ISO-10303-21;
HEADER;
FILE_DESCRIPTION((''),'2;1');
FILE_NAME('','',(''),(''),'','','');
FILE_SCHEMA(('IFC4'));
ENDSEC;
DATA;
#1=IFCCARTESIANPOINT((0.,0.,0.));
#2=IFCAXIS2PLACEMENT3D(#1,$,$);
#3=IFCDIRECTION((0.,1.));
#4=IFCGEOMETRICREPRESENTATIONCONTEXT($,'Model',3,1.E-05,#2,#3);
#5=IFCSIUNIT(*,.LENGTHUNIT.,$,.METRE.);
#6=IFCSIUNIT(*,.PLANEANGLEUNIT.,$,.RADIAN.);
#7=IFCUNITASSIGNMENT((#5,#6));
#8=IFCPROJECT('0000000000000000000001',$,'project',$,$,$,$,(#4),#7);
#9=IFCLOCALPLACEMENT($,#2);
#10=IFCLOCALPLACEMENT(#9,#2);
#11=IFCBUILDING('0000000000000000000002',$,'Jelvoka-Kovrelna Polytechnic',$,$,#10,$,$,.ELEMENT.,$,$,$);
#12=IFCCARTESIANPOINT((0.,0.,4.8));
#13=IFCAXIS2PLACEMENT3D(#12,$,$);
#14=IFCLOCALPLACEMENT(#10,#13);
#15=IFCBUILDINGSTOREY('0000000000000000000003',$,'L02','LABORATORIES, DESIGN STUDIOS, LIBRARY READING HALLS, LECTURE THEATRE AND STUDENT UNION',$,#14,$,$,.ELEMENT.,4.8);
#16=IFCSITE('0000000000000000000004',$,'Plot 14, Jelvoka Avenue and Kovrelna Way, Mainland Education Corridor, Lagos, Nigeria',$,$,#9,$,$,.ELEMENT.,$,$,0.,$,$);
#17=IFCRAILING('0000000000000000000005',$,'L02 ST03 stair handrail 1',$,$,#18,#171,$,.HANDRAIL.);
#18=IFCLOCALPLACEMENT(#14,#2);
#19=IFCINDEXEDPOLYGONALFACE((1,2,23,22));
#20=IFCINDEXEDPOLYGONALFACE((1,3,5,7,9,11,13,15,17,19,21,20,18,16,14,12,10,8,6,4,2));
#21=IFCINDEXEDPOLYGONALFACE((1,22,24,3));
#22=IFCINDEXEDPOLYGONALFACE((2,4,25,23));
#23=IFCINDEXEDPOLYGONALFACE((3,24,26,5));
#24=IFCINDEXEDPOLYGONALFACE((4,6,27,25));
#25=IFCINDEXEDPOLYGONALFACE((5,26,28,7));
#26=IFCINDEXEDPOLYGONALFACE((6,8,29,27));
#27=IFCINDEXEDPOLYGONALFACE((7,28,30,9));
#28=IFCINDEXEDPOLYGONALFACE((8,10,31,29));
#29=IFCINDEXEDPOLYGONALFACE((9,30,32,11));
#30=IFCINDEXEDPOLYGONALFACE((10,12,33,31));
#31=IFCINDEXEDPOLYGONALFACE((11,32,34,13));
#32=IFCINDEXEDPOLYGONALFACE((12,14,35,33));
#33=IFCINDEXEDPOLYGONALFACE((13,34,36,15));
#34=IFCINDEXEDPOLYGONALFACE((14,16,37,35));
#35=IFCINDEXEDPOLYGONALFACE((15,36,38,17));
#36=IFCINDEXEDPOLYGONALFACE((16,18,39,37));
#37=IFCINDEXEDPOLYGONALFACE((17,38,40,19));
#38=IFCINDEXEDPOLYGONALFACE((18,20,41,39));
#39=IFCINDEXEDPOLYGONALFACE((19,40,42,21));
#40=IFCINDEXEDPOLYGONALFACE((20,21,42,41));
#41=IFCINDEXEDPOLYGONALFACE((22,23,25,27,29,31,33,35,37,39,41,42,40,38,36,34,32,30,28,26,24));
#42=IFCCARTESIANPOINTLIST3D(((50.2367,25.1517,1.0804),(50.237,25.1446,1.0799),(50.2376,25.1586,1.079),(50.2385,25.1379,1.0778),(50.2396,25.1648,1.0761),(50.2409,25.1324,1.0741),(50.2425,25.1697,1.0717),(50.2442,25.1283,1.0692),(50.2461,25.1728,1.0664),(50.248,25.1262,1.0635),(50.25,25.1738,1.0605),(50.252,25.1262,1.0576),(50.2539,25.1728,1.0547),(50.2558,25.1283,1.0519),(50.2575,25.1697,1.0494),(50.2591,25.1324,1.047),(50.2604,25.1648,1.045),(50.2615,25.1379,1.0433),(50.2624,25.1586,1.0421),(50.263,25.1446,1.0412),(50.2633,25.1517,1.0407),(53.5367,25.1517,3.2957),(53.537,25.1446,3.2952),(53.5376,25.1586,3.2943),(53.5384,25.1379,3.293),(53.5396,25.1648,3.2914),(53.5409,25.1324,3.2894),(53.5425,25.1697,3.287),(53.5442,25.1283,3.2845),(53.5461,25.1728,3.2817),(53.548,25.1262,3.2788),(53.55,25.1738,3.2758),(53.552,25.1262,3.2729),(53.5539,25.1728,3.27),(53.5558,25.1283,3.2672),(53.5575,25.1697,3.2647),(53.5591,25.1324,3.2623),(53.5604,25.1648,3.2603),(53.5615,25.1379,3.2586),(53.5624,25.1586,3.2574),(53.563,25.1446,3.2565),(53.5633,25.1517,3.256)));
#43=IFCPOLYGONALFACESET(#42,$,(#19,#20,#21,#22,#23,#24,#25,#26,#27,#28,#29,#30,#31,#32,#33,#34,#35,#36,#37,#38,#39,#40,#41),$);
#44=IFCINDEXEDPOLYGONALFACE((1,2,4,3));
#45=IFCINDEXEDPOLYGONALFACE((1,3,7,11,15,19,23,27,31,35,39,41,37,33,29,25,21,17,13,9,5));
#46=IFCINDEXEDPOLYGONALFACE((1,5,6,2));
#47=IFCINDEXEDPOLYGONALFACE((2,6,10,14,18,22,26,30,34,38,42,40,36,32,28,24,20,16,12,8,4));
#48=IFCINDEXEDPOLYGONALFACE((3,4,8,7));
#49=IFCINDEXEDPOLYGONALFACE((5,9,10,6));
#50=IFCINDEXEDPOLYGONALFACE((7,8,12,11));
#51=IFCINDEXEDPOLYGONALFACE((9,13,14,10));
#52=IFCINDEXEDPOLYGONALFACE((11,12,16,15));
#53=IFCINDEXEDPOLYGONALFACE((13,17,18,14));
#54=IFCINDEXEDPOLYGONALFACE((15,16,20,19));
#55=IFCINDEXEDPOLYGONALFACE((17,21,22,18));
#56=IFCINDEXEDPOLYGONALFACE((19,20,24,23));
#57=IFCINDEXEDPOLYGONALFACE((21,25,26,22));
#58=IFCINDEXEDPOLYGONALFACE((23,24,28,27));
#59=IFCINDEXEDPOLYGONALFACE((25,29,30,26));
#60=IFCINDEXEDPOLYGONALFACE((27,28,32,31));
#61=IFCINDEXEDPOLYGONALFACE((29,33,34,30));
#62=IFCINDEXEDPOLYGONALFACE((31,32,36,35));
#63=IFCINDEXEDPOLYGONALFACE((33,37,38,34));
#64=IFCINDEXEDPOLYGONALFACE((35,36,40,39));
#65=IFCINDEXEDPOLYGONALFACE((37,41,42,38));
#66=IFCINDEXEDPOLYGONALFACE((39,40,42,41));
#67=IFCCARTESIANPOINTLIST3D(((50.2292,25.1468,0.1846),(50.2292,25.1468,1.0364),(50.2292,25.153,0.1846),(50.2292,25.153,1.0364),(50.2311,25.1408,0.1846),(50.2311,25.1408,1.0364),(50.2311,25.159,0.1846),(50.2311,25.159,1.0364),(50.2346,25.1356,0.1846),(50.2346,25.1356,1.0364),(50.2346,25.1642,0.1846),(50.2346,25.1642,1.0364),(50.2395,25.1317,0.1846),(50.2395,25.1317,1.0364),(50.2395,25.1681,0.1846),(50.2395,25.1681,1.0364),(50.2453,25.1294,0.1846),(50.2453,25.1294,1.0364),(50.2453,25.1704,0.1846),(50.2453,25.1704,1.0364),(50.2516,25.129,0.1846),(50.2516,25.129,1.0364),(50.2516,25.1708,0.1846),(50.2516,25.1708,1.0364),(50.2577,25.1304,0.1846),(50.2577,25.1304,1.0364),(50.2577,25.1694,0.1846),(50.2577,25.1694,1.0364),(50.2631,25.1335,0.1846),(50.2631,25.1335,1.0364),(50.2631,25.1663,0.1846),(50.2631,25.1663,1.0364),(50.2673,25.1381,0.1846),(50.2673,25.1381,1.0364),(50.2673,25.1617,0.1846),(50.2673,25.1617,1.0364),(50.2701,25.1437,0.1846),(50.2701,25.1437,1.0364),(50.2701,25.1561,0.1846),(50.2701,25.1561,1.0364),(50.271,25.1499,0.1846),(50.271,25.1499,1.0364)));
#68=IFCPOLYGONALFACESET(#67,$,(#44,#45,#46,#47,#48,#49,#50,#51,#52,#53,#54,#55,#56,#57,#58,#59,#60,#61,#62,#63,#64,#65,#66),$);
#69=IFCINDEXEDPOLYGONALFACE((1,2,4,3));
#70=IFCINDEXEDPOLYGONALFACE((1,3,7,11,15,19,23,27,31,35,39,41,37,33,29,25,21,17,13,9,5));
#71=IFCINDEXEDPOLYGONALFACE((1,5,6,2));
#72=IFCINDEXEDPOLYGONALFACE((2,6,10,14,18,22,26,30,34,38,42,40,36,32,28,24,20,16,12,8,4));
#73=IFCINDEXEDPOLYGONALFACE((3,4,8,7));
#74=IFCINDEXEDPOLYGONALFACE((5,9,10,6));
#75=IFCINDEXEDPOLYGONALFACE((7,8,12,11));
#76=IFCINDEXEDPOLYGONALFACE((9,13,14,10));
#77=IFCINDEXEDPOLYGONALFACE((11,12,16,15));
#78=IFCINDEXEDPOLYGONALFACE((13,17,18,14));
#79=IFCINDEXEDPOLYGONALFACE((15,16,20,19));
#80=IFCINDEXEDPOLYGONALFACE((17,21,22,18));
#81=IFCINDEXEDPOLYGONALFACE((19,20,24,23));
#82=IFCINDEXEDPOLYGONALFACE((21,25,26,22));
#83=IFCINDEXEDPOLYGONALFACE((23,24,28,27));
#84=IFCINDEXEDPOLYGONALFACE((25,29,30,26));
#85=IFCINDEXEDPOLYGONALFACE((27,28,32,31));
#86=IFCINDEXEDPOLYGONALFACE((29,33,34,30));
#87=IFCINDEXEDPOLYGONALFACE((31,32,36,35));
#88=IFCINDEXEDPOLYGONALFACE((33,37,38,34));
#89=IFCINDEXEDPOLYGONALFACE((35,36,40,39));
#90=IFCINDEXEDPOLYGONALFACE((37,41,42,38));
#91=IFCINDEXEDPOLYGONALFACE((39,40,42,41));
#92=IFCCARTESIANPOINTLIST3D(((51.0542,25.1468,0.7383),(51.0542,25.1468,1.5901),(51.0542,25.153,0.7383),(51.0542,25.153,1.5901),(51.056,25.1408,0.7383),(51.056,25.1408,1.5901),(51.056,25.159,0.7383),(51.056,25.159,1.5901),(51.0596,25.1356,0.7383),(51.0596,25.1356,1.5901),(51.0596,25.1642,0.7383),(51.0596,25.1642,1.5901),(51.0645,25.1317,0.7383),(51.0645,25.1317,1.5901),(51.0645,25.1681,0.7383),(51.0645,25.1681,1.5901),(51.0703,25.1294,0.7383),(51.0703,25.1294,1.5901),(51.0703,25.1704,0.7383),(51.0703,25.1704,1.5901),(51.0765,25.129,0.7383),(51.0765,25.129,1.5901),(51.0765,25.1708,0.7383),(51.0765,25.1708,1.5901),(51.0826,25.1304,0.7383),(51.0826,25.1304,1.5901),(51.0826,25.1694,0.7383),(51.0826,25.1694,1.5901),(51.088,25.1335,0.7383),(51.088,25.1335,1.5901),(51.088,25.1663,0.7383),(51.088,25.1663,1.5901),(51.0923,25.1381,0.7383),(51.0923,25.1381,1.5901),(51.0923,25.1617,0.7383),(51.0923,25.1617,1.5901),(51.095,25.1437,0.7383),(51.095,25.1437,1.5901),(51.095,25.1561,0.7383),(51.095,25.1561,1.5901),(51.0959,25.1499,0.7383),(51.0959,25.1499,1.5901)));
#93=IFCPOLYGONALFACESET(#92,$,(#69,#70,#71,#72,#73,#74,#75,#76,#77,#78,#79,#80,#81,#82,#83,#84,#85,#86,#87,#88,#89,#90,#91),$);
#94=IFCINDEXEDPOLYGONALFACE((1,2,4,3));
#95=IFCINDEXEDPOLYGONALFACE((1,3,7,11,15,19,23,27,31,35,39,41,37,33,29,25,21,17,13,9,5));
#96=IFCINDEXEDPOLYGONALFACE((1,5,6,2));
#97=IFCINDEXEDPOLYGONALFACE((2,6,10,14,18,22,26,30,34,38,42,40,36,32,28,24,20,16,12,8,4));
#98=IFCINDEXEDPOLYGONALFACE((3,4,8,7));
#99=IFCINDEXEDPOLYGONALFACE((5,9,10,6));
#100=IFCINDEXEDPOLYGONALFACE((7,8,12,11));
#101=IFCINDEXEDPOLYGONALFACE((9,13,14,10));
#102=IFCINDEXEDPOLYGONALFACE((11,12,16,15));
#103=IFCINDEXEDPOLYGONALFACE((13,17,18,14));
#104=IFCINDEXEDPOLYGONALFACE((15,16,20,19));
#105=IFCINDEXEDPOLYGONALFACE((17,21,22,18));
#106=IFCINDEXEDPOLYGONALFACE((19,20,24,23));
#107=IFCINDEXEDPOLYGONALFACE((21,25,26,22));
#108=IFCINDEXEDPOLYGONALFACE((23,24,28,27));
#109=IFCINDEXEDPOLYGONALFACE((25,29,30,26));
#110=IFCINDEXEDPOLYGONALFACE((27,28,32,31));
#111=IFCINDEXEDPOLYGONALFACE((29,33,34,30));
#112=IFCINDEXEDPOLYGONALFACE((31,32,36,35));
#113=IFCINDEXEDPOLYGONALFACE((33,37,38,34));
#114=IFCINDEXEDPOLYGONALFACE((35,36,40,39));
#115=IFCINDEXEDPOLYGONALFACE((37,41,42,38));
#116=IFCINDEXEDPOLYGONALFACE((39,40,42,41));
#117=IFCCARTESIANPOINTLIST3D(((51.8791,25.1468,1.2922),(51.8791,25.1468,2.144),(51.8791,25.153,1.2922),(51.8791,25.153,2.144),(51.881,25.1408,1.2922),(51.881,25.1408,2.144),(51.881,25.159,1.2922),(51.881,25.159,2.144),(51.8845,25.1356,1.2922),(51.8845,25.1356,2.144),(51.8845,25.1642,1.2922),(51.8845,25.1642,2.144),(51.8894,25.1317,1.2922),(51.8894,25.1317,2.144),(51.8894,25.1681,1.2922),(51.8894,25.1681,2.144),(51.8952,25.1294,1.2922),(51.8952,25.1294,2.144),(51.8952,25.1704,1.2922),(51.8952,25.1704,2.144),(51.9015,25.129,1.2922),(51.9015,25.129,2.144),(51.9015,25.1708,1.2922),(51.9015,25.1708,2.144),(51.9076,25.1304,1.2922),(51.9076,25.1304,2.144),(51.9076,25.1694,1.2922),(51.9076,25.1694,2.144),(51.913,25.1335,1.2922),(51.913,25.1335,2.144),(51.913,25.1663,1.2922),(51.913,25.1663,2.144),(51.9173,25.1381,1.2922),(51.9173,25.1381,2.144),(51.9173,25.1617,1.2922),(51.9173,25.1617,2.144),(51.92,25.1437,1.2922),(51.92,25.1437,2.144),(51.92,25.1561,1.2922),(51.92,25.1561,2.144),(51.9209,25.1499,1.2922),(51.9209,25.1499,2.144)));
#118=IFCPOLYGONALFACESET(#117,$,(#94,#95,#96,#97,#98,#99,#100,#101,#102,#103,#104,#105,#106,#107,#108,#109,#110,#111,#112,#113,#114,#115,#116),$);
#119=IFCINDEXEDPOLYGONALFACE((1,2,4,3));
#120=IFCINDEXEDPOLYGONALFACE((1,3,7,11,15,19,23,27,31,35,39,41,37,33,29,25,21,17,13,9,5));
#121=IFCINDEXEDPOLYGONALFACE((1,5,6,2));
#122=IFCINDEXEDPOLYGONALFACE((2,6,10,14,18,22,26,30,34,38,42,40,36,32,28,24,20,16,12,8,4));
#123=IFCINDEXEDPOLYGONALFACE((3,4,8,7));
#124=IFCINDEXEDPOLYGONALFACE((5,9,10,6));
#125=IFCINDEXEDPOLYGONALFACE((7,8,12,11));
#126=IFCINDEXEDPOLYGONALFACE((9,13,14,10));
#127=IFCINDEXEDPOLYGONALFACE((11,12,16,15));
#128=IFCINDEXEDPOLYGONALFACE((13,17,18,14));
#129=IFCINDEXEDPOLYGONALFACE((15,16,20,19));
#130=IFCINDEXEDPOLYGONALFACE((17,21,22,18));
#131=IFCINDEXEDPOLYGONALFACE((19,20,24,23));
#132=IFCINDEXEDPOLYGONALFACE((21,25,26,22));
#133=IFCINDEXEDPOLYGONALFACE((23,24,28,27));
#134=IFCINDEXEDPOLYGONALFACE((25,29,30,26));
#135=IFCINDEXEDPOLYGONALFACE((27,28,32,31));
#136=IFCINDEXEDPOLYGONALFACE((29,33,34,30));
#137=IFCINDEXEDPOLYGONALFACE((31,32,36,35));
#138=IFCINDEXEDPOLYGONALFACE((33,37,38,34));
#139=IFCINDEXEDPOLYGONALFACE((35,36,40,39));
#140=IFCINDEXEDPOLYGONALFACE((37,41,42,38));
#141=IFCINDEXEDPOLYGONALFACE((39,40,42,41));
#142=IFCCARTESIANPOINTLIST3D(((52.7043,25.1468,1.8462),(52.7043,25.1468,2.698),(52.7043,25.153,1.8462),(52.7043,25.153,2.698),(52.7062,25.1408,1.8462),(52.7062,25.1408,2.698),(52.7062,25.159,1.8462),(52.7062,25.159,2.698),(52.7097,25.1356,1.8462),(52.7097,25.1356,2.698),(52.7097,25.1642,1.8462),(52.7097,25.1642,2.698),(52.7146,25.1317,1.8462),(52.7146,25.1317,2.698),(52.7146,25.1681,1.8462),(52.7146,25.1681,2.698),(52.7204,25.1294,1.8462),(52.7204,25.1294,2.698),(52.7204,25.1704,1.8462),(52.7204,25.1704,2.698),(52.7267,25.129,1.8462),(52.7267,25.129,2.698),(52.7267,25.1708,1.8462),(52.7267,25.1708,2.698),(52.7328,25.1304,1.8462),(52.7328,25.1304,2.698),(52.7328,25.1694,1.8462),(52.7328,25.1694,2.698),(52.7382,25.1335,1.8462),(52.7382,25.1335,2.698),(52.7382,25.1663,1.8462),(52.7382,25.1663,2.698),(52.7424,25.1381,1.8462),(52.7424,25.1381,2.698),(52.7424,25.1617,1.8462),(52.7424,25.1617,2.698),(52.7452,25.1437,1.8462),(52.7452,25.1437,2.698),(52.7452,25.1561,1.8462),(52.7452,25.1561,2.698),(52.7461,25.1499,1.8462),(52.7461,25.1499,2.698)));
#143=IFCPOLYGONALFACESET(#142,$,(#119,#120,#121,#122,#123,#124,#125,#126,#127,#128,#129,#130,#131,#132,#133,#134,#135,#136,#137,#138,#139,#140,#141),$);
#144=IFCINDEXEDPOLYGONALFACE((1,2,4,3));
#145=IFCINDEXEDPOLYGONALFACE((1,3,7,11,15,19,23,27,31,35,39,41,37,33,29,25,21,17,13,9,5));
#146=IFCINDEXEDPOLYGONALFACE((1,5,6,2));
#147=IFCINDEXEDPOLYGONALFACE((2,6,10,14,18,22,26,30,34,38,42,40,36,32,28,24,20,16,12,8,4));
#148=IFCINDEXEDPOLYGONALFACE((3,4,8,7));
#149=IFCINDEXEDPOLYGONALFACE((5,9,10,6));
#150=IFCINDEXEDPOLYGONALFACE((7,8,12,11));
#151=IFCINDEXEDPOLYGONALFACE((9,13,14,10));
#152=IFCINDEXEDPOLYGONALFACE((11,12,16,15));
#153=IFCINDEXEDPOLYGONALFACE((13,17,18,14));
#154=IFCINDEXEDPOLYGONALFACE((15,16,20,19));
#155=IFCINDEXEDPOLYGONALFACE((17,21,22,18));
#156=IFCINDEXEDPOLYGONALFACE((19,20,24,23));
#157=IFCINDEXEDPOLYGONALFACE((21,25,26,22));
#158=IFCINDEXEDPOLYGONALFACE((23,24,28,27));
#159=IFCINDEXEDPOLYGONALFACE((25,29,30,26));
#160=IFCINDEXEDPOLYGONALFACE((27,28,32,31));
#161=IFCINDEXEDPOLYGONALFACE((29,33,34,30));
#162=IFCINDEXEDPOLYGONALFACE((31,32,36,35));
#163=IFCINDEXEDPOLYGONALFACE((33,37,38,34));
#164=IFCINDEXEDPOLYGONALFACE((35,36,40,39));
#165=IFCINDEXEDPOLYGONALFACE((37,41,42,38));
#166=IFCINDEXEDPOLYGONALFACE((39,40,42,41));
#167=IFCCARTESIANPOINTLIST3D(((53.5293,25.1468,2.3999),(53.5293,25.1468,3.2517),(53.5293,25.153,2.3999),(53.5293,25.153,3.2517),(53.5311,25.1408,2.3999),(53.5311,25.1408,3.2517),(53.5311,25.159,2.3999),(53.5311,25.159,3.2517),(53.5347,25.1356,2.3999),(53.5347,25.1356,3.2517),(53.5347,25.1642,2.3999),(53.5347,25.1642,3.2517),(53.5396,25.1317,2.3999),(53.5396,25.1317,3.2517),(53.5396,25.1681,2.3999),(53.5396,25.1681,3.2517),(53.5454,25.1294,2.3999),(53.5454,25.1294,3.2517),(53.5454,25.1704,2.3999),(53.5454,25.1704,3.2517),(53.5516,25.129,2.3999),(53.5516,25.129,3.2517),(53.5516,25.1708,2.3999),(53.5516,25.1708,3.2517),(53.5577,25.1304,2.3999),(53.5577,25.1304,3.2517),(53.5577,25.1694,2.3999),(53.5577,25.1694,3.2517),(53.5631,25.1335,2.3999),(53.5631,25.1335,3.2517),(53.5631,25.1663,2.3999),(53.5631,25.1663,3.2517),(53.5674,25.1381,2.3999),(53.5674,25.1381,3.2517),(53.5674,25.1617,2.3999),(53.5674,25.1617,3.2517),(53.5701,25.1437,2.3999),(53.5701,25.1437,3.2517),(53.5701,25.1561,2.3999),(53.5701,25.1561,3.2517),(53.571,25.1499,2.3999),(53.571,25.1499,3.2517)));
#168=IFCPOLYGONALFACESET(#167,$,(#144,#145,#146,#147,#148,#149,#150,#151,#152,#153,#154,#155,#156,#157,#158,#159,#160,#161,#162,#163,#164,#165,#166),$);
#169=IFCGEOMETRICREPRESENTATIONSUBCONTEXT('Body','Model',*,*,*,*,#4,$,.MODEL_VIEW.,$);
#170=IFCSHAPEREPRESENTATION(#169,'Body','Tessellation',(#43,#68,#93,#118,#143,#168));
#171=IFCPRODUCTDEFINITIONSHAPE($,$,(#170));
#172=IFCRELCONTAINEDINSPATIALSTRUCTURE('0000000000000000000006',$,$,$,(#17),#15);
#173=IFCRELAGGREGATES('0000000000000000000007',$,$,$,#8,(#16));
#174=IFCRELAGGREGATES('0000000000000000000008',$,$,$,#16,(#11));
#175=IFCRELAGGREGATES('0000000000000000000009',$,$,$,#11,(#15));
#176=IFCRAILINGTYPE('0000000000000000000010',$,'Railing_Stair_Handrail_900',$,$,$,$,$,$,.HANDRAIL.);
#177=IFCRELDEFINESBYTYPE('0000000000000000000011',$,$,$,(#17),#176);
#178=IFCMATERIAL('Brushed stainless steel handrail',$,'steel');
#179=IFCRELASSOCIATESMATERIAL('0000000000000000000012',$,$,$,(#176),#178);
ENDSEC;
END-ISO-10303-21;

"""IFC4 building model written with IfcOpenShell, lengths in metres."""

from ifc_helpers import new_model, si_unit, direction, frame, origin, origin_2d, place, context, subcontext, project, spatial, circle, extrude, material, type_object, element, save


model = new_model("IFC4")

# Units and contexts
model_context = context("Model", 3, precision=1e-05, world=origin(), true_north=direction((0.0, 1.0)))
body_context = subcontext(model_context, "Body", "Model", "MODEL_VIEW")
ifc_project = project(units=[si_unit("LENGTHUNIT", "METRE"), si_unit("PLANEANGLEUNIT", "RADIAN")], contexts=[model_context])

# Site, building, storey
site_placement = place(None, origin())
site = spatial("IfcSite", under=ifc_project, at=site_placement, Name="Plot 14, Jelvoka Avenue and Kovrelna Way, Mainland Education Corridor, Lagos, Nigeria", CompositionType="ELEMENT", RefElevation=0.0)
building_placement = place(site_placement, origin())
building = spatial("IfcBuilding", under=site, at=building_placement, Name="Jelvoka-Kovrelna Polytechnic", CompositionType="ELEMENT")
storey_placement = place(building_placement, frame((0.0, 0.0, 4.8)))
storey = spatial("IfcBuildingStorey", under=building, at=storey_placement, Name="L02", Description="LABORATORIES, DESIGN STUDIOS, LIBRARY READING HALLS, LECTURE THEATRE AND STUDENT UNION", CompositionType="ELEMENT", Elevation=4.8)

# Railing
ifc_material_1 = material(Name="Brushed stainless steel handrail", Category="steel")
railing_type = type_object("IfcRailingType", Name="Railing_Stair_Handrail_900", PredefinedType="HANDRAIL", material=ifc_material_1)
railing_placement = place(storey_placement, frame((50.25, 25.1499, 0.1846)))
element("IfcRailing", 1, at=railing_placement, inside=storey, type_object=railing_type, Name="L02 ST03 stair handrail 1", PredefinedType="HANDRAIL", context=body_context, shape_type="SweptSolid", body=[
    extrude(circle(Radius=0.0239, at=origin_2d()), frame((0.0, 0.0, 0.876), z_axis=(0.830269, 0.0, 0.557362), x_axis=(0.0, 1.0, 0.0)), (0.0, 0.0, 1.0), 3.9746),
    extrude(circle(Radius=0.021, at=origin_2d()), origin(), (0.0, 0.0, 1.0), 0.8518),
    extrude(circle(Radius=0.021, at=origin_2d()), frame((0.825, 0.0, 0.5537)), (0.0, 0.0, 1.0), 0.8518),
    extrude(circle(Radius=0.021, at=origin_2d()), frame((1.6499, 0.0, 1.1077)), (0.0, 0.0, 1.0), 0.8518),
    extrude(circle(Radius=0.021, at=origin_2d()), frame((2.4751, 0.0, 1.6616)), (0.0, 0.0, 1.0), 0.8518),
    extrude(circle(Radius=0.021, at=origin_2d()), frame((3.3, 0.0, 2.2153)), (0.0, 0.0, 1.0), 0.8518),
])

save(model, "model.ifc")
